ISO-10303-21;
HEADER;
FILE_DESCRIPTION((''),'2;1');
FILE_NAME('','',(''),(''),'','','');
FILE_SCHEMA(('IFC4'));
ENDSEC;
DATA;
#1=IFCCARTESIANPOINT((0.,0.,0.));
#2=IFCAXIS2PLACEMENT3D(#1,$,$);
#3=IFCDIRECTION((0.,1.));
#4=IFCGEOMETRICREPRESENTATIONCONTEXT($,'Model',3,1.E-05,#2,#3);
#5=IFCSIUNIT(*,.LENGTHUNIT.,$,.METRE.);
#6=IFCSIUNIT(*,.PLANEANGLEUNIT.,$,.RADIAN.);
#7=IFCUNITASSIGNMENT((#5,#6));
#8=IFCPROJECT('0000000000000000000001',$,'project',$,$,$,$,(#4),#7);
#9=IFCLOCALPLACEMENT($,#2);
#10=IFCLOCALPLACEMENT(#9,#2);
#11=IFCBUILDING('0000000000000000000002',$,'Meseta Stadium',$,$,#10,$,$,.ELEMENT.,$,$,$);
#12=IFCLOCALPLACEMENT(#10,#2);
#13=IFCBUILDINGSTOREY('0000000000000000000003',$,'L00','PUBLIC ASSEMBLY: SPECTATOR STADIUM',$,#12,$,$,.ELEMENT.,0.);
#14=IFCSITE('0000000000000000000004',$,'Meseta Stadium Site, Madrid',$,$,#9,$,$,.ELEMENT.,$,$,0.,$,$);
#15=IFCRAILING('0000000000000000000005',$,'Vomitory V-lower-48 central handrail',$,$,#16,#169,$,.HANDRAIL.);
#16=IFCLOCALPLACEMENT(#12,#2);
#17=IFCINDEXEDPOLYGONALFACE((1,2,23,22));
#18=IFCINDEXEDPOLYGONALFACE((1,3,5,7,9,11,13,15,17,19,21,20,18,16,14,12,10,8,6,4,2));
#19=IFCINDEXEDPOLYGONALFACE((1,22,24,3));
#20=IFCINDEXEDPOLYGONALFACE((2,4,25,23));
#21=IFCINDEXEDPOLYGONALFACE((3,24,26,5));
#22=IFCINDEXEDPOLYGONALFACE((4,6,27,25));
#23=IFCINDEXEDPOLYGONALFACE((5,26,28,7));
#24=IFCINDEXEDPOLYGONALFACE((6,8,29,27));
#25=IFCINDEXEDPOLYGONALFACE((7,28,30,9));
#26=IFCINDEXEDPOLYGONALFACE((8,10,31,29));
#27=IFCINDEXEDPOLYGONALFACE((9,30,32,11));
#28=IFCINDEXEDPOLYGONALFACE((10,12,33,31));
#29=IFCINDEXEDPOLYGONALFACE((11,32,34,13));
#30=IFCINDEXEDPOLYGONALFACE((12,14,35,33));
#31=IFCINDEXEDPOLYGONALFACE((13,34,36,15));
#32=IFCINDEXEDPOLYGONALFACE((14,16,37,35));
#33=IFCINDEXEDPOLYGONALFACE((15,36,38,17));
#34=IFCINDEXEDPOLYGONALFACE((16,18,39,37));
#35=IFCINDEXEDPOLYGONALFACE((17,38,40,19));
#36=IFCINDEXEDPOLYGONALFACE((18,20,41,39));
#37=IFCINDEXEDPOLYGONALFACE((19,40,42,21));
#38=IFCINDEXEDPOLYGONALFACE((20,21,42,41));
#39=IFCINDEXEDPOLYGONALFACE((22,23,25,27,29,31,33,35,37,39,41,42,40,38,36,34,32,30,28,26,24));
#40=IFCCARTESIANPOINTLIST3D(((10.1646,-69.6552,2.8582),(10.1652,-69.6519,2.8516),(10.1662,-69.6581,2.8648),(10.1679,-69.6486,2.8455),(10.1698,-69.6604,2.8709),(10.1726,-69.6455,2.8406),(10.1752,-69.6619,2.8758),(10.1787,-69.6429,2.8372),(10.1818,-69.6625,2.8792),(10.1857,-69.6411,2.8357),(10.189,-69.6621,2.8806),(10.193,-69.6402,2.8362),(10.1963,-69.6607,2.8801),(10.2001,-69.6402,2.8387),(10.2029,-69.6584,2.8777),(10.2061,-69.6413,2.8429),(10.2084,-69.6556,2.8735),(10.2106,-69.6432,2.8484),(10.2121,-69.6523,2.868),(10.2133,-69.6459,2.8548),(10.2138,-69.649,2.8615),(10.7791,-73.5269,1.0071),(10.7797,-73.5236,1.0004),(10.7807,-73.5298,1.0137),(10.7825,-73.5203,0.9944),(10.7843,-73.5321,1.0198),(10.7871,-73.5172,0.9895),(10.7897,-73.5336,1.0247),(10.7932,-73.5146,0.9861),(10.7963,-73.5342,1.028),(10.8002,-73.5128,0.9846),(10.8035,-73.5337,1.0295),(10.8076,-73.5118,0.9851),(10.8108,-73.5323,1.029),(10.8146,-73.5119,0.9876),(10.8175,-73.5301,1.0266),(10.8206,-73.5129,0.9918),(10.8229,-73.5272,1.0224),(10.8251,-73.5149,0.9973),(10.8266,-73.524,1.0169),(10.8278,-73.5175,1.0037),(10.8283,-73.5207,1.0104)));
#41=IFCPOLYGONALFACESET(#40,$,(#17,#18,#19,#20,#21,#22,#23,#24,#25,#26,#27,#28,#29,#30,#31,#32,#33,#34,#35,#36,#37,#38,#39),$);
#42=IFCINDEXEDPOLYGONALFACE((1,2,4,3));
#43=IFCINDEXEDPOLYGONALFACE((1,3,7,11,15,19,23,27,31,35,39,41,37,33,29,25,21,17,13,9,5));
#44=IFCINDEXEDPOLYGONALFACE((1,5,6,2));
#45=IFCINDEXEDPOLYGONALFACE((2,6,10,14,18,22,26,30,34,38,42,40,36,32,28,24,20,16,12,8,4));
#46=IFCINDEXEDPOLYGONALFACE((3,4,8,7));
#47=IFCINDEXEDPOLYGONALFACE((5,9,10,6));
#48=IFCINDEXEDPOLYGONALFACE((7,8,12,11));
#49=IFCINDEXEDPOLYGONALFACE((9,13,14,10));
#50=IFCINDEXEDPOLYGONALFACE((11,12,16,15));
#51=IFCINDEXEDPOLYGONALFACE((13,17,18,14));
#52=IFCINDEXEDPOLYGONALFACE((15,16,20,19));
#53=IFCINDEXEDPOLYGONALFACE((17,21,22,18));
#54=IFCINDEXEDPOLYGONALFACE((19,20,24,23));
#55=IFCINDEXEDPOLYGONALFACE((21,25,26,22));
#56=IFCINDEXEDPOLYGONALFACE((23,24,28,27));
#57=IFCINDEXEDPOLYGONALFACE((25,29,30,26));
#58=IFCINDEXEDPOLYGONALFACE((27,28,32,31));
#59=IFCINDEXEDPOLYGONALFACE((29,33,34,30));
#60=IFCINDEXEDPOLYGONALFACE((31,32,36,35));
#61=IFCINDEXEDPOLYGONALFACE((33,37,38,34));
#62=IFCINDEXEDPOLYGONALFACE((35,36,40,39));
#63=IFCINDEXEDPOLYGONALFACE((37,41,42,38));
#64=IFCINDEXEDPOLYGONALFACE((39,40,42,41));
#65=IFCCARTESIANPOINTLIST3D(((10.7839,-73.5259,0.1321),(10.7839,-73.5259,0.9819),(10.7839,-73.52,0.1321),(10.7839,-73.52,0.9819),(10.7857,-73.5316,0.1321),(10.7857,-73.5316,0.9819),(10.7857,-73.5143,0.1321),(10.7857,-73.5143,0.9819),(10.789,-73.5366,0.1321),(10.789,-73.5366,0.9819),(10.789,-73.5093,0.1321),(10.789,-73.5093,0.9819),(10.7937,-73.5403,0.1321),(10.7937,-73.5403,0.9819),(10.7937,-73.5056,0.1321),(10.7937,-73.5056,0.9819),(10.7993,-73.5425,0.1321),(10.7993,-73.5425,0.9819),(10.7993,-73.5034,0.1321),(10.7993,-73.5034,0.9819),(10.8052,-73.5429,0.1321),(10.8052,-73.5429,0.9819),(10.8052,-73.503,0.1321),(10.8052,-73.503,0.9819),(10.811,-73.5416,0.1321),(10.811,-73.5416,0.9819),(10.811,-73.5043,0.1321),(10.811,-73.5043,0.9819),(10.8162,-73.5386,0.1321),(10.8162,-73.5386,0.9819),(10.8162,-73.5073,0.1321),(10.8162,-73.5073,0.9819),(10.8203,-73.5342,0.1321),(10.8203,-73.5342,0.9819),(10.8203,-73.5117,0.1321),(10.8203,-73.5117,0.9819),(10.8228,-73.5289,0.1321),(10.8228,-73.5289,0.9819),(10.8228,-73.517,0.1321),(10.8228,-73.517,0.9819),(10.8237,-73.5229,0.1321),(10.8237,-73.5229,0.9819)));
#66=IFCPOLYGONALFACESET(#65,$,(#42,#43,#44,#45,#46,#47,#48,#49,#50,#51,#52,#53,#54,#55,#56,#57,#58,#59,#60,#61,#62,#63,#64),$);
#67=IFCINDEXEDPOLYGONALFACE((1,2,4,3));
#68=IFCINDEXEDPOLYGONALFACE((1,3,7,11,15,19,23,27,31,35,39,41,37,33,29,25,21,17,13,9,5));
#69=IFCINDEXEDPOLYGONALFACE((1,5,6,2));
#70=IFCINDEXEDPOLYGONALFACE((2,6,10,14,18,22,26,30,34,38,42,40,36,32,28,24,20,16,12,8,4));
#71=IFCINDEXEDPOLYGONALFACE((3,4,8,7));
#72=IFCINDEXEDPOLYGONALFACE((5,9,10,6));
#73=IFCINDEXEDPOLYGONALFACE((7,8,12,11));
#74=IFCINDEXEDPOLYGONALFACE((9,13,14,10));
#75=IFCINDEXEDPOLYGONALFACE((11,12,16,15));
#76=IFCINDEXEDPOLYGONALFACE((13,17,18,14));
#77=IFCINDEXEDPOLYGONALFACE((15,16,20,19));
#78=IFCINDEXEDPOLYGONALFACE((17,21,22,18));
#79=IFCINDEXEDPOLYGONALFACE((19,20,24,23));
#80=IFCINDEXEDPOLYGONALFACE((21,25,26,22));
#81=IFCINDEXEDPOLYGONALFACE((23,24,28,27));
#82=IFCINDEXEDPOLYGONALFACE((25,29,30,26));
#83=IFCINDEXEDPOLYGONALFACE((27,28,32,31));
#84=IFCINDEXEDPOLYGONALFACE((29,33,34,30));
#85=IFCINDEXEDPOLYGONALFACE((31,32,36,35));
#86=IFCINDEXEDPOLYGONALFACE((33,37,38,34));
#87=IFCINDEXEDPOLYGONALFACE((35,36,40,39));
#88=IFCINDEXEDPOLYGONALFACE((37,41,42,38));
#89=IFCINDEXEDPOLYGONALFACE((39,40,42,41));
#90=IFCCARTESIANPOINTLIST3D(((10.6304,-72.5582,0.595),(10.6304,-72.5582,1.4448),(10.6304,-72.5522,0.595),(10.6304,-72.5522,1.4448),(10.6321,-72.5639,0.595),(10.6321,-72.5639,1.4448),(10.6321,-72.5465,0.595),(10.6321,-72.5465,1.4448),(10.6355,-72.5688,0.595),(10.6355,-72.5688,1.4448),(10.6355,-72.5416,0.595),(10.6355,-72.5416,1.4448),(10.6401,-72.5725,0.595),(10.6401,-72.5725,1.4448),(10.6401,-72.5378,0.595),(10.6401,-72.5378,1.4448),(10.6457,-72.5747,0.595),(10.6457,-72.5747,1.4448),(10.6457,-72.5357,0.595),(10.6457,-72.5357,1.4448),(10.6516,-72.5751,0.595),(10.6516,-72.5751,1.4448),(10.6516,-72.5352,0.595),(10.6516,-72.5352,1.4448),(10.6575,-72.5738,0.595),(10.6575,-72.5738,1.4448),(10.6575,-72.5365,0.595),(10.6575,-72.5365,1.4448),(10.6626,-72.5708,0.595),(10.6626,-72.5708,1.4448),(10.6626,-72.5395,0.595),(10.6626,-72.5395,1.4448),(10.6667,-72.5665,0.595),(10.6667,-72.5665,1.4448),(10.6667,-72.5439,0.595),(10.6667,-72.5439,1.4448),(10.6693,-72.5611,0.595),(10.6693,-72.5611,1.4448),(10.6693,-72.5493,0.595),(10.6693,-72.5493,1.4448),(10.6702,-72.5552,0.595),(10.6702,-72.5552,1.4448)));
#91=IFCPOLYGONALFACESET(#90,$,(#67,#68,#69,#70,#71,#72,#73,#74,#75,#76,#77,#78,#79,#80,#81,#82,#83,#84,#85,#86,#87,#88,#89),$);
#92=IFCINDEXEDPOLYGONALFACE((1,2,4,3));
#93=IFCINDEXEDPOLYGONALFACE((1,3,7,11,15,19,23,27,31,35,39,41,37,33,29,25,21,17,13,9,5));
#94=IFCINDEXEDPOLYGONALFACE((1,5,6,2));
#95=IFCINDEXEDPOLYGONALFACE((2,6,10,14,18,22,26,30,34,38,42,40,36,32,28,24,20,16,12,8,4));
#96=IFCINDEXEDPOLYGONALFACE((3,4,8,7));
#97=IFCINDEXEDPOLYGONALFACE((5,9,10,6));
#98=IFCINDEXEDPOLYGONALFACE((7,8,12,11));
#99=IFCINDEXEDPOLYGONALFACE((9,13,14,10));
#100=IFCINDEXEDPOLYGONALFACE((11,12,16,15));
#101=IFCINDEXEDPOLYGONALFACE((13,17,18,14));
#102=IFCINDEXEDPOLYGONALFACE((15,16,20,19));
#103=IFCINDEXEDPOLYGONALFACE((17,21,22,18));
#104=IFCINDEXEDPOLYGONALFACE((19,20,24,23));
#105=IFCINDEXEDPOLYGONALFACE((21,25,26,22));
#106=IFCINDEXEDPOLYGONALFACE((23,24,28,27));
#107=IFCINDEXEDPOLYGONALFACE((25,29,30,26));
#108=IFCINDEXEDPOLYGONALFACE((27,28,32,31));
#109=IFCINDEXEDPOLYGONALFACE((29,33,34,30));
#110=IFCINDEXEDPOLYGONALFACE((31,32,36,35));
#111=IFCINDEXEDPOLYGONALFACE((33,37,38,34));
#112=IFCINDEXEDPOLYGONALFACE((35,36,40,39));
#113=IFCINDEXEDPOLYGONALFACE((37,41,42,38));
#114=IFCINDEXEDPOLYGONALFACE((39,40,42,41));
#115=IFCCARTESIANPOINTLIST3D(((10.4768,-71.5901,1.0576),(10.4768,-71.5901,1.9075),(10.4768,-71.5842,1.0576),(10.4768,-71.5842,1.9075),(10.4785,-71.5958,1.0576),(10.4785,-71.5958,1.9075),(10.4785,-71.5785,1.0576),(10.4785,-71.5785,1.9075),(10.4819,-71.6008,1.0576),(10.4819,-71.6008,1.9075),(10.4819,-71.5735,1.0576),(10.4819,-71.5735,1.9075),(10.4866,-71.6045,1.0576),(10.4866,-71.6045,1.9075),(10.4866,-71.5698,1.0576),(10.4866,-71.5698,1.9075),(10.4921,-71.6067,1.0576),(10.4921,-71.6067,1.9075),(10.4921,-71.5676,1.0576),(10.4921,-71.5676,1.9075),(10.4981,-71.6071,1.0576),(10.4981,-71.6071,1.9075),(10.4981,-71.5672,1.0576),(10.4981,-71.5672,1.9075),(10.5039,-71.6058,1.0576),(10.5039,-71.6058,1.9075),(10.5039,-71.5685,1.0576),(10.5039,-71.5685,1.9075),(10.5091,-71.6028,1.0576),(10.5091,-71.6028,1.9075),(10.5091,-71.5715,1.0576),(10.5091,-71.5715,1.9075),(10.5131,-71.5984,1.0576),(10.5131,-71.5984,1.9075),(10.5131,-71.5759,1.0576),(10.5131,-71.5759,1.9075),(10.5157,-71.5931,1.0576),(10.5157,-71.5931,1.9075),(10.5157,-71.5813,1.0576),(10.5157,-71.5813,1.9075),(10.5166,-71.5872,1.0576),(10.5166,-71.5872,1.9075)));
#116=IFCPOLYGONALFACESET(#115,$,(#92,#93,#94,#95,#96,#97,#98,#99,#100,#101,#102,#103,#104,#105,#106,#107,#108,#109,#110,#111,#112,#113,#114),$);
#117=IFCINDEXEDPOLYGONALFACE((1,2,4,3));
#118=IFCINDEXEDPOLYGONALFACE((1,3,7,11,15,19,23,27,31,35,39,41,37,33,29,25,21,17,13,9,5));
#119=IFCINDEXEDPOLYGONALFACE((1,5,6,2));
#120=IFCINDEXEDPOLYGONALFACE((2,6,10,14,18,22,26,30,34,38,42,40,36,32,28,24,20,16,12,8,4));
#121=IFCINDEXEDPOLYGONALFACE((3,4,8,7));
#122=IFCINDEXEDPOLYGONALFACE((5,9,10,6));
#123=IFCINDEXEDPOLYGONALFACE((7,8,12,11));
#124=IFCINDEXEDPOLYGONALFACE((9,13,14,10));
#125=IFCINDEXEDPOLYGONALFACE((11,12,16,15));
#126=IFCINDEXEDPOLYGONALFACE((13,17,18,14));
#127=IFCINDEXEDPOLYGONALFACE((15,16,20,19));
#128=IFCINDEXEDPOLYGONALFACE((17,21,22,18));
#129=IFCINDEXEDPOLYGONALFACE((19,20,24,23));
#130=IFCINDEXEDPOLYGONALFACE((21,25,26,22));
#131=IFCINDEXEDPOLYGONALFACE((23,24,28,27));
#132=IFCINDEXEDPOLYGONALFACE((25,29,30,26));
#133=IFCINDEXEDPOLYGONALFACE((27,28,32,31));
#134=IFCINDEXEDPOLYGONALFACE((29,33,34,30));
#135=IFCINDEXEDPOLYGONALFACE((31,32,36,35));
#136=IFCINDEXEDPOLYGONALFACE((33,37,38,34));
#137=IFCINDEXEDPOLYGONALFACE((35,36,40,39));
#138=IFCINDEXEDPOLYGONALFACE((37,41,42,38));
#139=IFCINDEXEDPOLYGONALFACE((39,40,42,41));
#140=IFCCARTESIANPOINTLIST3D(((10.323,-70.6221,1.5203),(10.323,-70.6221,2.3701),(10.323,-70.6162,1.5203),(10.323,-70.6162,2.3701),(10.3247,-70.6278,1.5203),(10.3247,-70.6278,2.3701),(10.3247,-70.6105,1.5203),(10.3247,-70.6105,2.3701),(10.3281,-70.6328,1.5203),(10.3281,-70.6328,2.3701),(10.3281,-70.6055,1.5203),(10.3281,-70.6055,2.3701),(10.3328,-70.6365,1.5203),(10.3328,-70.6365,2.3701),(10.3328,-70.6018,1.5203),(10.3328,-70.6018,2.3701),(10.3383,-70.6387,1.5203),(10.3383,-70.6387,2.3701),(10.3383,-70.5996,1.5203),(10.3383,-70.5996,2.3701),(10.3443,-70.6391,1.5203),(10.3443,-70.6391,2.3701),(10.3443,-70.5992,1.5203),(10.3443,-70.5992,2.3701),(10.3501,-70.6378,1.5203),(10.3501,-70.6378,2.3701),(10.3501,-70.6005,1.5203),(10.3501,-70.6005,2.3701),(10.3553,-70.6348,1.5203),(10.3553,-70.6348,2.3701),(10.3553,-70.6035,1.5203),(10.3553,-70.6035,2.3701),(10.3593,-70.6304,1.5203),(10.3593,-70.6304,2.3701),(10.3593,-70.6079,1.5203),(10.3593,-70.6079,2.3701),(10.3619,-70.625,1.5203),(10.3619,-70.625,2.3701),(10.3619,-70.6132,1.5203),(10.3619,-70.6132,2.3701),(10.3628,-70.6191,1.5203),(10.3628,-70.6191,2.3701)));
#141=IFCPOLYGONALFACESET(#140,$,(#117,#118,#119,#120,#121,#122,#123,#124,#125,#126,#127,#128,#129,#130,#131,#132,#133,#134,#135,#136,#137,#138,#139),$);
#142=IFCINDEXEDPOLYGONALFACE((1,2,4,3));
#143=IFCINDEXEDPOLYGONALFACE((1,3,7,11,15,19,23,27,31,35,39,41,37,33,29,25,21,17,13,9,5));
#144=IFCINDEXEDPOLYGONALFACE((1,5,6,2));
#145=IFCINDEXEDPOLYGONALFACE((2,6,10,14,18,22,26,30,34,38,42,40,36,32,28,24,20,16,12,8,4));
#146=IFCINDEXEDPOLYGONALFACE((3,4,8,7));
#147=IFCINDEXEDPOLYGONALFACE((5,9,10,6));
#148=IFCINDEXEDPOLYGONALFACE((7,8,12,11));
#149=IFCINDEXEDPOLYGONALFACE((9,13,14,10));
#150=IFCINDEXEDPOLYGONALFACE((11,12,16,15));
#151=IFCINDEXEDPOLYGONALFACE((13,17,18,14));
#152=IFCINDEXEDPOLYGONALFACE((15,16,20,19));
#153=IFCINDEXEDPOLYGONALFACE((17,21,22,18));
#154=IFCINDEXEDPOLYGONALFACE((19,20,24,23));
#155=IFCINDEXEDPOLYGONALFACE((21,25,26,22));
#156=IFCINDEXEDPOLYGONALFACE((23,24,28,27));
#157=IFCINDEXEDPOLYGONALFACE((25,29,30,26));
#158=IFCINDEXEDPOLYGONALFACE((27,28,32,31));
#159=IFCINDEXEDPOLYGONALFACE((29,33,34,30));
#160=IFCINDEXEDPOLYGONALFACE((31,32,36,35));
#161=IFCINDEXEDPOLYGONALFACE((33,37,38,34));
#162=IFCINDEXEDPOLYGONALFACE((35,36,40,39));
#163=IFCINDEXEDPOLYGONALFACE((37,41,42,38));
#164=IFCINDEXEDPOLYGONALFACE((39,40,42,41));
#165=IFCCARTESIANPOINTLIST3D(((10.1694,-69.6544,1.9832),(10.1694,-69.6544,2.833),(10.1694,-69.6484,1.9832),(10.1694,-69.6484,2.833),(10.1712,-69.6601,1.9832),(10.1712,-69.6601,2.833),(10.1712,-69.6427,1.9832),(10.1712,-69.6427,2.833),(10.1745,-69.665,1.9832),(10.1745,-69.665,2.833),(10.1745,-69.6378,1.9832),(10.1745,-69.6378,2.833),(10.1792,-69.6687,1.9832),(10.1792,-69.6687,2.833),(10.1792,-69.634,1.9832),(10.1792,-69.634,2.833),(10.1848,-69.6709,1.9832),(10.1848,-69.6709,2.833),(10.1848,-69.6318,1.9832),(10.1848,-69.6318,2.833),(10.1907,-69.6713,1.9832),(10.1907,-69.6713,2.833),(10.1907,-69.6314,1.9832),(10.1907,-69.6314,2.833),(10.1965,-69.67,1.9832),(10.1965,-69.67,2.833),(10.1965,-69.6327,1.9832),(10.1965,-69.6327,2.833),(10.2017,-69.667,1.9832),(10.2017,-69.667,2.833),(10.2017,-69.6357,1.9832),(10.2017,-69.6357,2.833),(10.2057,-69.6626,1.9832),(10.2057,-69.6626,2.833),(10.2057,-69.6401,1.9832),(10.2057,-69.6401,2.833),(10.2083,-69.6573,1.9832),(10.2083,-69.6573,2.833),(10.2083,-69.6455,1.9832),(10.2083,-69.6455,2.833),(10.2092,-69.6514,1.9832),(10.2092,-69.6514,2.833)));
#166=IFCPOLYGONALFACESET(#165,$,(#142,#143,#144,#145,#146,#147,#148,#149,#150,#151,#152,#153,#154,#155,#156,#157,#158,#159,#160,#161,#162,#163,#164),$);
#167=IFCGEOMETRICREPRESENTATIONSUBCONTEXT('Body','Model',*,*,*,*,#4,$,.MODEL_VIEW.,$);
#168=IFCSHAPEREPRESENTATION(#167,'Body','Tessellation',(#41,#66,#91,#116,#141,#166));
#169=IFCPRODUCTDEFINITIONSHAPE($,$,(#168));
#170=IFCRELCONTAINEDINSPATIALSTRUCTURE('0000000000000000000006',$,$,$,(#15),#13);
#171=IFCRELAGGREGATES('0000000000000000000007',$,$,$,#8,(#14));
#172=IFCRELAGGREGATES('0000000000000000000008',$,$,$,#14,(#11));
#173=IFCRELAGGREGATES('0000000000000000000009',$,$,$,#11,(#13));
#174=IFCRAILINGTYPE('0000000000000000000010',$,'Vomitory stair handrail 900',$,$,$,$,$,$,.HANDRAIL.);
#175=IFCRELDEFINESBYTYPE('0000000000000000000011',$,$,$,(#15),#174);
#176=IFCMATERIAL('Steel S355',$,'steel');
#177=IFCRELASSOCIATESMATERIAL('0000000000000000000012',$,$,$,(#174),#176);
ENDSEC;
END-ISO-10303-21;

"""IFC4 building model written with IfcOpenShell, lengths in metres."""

from ifc_helpers import new_model, si_unit, direction, frame, origin, origin_2d, place, context, subcontext, project, spatial, circle, extrude, material, type_object, element, save


model = new_model("IFC4")

# Units and contexts
model_context = context("Model", 3, precision=1e-05, world=origin(), true_north=direction((0.0, 1.0)))
body_context = subcontext(model_context, "Body", "Model", "MODEL_VIEW")
ifc_project = project(units=[si_unit("LENGTHUNIT", "METRE"), si_unit("PLANEANGLEUNIT", "RADIAN")], contexts=[model_context])

# Site, building, storey
site_placement = place(None, origin())
site = spatial("IfcSite", under=ifc_project, at=site_placement, Name="Meseta Stadium Site, Madrid", CompositionType="ELEMENT", RefElevation=0.0)
building_placement = place(site_placement, origin())
building = spatial("IfcBuilding", under=site, at=building_placement, Name="Meseta Stadium", CompositionType="ELEMENT")
storey_placement = place(building_placement, origin())
storey = spatial("IfcBuildingStorey", under=building, at=storey_placement, Name="L00", Description="PUBLIC ASSEMBLY: SPECTATOR STADIUM", CompositionType="ELEMENT", Elevation=0.0)

# Railing
ifc_material_1 = material(Name="Steel S355", Category="steel")
railing_type_1 = type_object("IfcRailingType", Name="Vomitory stair handrail 900", PredefinedType="HANDRAIL", material=ifc_material_1)
railing_1_placement = place(storey_placement, frame((10.8037, -73.5229, 0.1321)))
element("IfcRailing", 1, at=railing_1_placement, inside=storey, type_object=railing_type_1, Name="Vomitory V-lower-48 central handrail", PredefinedType="HANDRAIL", context=body_context, shape_type="SweptSolid", body=[
    extrude(circle(Radius=0.0249, at=origin_2d()), frame((0.0, 0.0, 0.875), z_axis=(-0.14175, 0.893074, 0.426995), x_axis=(-0.987637, -0.156759, 0.0)), (0.0, 0.0, 1.0), 4.3352),
    extrude(circle(Radius=0.02, at=origin_2d()), origin(), (0.0, 0.0, 1.0), 0.8499),
    extrude(circle(Radius=0.02, at=origin_2d()), frame((-0.1536, 0.9678, 0.4629)), (0.0, 0.0, 1.0), 0.8499),
    extrude(circle(Radius=0.02, at=origin_2d()), frame((-0.3071, 1.9358, 0.9255)), (0.0, 0.0, 1.0), 0.8499),
    extrude(circle(Radius=0.02, at=origin_2d()), frame((-0.4609, 2.9038, 1.3882)), (0.0, 0.0, 1.0), 0.8499),
    extrude(circle(Radius=0.02, at=origin_2d()), frame((-0.6145, 3.8716, 1.8511)), (0.0, 0.0, 1.0), 0.8499),
])

save(model, "model.ifc")
